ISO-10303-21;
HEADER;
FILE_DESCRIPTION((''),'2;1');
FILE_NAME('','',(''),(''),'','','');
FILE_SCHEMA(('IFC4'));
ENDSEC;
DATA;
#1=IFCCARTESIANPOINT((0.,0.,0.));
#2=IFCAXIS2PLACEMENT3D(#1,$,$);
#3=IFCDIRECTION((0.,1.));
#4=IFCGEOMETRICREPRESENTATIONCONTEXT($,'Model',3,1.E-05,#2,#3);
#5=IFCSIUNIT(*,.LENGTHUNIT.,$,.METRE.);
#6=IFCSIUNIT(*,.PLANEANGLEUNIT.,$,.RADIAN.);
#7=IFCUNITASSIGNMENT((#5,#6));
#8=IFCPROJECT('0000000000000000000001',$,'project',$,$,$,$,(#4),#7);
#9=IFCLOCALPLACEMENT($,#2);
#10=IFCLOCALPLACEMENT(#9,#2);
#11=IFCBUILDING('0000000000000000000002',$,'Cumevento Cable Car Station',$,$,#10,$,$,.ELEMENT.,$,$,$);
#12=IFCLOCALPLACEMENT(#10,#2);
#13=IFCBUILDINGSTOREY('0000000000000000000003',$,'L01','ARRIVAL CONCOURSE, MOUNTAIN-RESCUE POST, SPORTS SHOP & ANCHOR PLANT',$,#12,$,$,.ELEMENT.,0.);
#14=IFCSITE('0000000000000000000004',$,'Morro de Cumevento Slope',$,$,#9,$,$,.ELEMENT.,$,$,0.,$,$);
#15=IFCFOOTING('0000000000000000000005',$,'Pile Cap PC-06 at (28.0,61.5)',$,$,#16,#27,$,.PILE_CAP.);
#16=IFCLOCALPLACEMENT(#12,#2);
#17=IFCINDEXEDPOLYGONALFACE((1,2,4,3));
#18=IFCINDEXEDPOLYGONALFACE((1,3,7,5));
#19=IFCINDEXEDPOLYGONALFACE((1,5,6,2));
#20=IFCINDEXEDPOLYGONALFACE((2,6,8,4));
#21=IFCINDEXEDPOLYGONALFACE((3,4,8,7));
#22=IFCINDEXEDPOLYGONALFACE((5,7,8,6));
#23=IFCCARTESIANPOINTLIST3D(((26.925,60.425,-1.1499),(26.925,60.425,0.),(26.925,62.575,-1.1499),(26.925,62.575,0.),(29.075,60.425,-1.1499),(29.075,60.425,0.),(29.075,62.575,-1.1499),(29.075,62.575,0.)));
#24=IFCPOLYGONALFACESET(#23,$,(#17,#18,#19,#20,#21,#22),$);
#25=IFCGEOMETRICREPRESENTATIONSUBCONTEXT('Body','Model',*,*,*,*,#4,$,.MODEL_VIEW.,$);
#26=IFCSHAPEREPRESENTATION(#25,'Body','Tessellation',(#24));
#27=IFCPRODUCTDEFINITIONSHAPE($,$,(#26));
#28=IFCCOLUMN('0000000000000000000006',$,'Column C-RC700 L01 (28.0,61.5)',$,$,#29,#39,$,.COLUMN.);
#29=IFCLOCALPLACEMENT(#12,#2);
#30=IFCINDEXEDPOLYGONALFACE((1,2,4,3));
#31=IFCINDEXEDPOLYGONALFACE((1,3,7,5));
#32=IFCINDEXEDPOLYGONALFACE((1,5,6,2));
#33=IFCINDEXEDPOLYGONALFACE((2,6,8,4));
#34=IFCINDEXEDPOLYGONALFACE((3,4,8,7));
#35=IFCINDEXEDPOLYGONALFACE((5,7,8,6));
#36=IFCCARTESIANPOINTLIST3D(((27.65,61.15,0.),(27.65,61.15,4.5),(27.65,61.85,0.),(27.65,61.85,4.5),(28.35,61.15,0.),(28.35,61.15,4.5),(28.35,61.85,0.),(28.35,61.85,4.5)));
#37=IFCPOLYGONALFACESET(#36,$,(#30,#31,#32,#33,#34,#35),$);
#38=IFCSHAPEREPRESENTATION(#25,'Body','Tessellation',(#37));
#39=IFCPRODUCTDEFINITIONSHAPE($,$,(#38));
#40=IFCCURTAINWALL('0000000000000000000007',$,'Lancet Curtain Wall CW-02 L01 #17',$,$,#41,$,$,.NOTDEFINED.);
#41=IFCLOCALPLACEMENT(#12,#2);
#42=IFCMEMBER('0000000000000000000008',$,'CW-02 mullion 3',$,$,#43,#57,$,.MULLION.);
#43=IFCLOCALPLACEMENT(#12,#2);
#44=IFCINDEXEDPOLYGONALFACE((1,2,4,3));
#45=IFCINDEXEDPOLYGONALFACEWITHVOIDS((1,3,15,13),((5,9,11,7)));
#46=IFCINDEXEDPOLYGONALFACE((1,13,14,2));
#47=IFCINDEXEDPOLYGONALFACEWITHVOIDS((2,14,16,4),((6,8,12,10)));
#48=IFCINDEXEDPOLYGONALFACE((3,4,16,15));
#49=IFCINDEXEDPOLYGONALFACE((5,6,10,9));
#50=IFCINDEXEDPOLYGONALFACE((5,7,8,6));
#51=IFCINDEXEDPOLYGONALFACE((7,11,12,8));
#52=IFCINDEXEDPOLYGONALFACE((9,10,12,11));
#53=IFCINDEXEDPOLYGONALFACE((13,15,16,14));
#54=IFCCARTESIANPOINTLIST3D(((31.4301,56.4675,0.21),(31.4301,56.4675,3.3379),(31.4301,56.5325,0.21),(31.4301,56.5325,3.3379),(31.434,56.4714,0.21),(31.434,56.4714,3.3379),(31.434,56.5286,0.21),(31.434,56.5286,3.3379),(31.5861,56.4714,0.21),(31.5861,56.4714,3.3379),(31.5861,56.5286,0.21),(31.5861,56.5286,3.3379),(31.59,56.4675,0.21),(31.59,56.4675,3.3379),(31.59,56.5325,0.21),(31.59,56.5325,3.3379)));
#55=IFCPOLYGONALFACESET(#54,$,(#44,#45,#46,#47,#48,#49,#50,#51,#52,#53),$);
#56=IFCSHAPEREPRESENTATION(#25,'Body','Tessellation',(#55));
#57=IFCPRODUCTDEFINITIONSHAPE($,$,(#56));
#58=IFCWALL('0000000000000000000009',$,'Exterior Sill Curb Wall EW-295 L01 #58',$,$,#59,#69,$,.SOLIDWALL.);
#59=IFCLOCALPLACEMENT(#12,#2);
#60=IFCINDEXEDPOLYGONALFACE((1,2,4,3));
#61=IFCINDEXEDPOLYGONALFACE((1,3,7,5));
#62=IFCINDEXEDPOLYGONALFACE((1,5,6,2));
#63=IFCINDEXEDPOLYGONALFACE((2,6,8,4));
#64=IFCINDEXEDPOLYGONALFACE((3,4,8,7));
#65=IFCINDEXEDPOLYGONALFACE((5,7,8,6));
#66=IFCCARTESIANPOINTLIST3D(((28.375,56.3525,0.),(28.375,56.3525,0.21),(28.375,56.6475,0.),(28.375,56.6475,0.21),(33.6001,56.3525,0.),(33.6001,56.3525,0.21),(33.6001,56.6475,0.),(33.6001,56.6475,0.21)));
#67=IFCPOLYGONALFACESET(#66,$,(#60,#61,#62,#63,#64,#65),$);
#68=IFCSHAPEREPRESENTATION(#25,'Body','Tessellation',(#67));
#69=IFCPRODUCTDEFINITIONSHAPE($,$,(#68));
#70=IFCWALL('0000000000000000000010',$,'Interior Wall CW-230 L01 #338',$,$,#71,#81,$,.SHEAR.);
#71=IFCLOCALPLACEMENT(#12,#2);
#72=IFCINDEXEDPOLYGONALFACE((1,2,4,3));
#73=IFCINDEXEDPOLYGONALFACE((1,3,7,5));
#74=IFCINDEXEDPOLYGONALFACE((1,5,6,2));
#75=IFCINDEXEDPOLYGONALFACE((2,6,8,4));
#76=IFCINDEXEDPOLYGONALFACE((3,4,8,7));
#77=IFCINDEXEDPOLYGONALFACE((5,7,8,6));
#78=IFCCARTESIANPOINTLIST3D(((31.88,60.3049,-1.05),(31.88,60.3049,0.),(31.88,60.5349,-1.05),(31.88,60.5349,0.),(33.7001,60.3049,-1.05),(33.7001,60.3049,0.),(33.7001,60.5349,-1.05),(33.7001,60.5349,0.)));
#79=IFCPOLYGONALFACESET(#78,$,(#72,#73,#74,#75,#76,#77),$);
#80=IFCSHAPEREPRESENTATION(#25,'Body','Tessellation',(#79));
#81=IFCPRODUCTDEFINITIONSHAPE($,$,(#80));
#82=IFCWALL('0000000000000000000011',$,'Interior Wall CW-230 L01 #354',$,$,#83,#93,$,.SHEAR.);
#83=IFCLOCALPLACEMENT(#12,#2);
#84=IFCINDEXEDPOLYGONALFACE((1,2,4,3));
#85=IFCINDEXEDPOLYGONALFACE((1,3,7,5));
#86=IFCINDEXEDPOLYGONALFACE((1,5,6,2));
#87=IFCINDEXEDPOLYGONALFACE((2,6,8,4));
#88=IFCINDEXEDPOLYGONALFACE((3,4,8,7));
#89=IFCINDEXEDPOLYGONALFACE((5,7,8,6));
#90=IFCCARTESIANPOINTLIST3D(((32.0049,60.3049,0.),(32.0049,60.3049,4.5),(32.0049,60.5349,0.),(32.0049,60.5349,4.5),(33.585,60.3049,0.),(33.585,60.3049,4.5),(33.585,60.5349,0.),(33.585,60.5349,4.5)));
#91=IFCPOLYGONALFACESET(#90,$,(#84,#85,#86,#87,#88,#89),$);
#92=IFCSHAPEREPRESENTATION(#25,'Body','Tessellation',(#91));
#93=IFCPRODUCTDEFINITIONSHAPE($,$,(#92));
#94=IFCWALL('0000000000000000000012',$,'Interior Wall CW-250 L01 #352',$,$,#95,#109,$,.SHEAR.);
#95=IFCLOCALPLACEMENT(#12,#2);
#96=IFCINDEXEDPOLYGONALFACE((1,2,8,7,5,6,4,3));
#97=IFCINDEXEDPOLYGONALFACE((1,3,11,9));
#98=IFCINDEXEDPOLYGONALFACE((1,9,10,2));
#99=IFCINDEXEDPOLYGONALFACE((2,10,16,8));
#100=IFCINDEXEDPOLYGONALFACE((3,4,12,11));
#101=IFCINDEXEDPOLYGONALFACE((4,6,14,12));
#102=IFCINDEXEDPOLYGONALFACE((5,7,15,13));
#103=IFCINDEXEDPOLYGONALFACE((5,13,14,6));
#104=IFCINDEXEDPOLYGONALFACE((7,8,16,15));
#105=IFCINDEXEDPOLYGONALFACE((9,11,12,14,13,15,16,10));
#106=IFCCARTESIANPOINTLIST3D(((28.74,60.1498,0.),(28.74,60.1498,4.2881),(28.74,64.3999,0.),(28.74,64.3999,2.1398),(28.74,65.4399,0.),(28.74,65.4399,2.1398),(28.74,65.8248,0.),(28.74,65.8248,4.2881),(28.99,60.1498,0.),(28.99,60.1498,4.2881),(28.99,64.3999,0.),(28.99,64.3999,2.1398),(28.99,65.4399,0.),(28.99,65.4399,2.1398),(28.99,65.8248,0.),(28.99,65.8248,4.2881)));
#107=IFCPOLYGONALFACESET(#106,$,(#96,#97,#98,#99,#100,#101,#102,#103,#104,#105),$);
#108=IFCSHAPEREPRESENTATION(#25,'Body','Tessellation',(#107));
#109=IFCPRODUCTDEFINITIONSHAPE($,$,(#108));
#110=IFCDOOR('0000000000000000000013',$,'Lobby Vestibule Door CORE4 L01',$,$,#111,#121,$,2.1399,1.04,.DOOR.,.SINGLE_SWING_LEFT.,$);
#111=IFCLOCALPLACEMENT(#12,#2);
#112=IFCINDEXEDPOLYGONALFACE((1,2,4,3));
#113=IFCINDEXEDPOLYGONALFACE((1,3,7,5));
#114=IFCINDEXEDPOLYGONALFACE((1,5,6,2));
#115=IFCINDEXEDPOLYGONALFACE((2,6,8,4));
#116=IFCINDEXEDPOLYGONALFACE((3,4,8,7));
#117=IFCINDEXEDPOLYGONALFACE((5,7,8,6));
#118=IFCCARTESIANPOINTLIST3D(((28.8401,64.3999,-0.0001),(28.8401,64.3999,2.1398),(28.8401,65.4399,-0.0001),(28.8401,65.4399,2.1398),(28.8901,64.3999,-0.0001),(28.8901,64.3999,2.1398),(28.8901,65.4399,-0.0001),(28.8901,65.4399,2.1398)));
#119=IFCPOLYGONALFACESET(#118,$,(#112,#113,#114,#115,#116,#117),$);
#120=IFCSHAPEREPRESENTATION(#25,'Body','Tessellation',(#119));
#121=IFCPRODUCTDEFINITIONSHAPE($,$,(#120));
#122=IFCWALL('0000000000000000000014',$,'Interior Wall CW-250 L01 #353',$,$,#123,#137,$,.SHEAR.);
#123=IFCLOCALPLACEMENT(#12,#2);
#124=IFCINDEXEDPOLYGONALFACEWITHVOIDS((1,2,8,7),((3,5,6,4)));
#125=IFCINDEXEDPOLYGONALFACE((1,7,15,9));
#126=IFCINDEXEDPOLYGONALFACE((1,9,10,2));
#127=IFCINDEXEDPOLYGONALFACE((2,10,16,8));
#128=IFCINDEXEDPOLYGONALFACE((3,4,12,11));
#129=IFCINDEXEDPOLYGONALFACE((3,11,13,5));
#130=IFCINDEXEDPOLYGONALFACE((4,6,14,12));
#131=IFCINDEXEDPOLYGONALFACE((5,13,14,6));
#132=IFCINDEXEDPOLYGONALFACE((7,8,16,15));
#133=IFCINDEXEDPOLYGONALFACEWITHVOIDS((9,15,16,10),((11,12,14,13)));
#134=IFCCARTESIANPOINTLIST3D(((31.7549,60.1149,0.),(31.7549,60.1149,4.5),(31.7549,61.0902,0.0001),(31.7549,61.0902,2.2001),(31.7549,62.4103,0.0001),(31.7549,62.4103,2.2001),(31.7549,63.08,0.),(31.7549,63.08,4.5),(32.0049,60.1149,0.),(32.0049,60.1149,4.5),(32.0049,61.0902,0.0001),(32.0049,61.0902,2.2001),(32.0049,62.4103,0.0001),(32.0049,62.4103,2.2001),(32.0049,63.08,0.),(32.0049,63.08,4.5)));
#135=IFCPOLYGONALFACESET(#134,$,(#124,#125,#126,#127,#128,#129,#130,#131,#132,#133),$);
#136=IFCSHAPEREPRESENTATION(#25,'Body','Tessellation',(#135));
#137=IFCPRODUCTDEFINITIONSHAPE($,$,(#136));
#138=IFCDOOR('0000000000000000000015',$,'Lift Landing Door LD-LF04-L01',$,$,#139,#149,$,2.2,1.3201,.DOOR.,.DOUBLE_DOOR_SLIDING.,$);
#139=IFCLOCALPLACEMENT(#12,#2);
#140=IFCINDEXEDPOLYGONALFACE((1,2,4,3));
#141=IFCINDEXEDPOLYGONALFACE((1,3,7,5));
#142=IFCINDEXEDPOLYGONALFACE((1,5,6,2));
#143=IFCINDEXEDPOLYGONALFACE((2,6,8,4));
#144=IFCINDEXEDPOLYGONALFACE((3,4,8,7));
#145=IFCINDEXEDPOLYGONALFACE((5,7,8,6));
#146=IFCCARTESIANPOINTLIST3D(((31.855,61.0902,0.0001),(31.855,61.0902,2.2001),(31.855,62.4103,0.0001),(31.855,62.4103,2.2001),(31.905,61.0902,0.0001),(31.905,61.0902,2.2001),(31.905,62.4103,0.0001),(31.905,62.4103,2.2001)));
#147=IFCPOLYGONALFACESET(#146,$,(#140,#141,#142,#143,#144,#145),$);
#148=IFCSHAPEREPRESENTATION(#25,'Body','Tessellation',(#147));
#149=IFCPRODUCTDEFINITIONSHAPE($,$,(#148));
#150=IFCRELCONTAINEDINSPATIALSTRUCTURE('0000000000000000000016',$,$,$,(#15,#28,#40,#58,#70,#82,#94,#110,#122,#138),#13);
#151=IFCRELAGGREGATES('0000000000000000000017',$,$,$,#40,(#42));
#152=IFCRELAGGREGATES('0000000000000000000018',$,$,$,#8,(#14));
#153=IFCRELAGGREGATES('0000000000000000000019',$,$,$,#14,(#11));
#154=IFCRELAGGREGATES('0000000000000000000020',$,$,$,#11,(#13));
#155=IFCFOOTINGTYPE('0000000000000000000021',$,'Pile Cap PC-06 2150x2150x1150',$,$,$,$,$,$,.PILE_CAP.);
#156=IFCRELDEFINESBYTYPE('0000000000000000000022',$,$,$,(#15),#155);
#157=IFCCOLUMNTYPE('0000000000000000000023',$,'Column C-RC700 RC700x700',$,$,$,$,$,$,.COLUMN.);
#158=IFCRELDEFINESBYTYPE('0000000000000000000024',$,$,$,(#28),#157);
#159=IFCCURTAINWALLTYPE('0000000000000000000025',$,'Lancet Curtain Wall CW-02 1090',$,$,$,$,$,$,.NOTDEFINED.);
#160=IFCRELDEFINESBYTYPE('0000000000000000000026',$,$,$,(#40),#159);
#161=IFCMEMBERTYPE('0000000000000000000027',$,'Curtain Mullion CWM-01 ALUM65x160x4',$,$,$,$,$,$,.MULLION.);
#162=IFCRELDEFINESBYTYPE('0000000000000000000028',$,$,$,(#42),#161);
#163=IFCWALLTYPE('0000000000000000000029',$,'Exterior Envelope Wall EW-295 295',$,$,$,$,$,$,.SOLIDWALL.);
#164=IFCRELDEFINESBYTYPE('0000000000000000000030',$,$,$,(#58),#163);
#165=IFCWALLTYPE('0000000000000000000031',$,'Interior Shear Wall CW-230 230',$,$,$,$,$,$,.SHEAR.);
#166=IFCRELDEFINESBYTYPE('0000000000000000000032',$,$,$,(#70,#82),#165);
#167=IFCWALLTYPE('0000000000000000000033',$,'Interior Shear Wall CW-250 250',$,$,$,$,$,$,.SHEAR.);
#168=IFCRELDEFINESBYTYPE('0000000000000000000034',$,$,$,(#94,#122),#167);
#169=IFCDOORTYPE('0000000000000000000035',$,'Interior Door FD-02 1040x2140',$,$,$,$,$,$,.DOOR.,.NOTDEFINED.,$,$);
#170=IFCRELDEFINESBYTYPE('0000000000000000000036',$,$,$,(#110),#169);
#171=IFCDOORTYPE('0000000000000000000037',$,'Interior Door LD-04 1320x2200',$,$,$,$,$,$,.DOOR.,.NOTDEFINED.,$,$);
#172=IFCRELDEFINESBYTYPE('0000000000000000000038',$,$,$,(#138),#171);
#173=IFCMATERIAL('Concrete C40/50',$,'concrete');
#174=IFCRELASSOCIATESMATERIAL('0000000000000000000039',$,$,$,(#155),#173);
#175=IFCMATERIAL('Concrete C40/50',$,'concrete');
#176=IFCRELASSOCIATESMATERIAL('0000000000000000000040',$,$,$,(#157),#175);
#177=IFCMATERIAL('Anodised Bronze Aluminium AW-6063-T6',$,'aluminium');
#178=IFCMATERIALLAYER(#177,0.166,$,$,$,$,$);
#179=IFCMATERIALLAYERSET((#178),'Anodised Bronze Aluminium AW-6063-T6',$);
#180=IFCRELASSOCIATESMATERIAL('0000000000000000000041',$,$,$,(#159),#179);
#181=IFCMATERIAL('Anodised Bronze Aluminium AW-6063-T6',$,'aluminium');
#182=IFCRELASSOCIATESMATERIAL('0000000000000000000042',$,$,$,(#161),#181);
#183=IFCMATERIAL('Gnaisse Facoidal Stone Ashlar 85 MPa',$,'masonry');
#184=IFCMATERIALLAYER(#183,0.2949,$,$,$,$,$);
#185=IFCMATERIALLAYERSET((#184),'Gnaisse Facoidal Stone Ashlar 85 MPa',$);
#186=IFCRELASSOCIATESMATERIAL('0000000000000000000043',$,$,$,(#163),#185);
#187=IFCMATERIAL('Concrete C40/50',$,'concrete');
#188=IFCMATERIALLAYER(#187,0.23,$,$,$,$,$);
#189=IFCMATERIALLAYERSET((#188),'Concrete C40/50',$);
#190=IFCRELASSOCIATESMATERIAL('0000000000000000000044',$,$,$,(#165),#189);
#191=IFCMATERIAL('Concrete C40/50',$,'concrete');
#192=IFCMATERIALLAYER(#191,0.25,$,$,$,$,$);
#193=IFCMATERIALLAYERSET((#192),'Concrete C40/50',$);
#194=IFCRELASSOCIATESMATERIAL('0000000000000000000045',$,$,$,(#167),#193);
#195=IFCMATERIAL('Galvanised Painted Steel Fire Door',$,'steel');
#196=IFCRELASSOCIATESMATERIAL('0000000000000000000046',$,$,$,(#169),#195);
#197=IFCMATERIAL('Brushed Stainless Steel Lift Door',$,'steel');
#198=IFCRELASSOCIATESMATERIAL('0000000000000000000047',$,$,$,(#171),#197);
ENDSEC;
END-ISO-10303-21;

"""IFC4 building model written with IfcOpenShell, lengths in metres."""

from ifc_helpers import new_model, si_unit, direction, frame, frame_2d, origin, origin_2d, place, context, subcontext, project, spatial, rectangle, hollow_rectangle, extrude, material, layer, layer_set, material_profile, profile_set, type_object, element, fill, aggregate, save


model = new_model("IFC4")

# Units and contexts
model_context = context("Model", 3, precision=1e-05, world=origin(), true_north=direction((0.0, 1.0)))
body_context = subcontext(model_context, "Body", "Model", "MODEL_VIEW")
ifc_project = project(units=[si_unit("LENGTHUNIT", "METRE"), si_unit("PLANEANGLEUNIT", "RADIAN")], contexts=[model_context])

# Site, building, storey
site_placement = place(None, origin())
site = spatial("IfcSite", under=ifc_project, at=site_placement, Name="Morro de Cumevento Slope", CompositionType="ELEMENT", RefElevation=0.0)
building_placement = place(site_placement, origin())
building = spatial("IfcBuilding", under=site, at=building_placement, Name="Cumevento Cable Car Station", CompositionType="ELEMENT")
storey_placement = place(building_placement, origin())
storey = spatial("IfcBuildingStorey", under=building, at=storey_placement, Name="L01", Description="ARRIVAL CONCOURSE, MOUNTAIN-RESCUE POST, SPORTS SHOP & ANCHOR PLANT", CompositionType="ELEMENT", Elevation=0.0)

# Footing
ifc_material_1 = material(Name="Concrete C40/50", Category="concrete")
footing_type = type_object("IfcFootingType", Name="Pile Cap PC-06 2150x2150x1150", PredefinedType="PILE_CAP", material=ifc_material_1)
footing_placement = place(storey_placement, frame((28.0, 61.5, -1.1499), z_axis=(0.0, 0.0, 1.0), x_axis=(1.0, 0.0, 0.0)))
element("IfcFooting", 1, at=footing_placement, inside=storey, type_object=footing_type, Name="Pile Cap PC-06 at (28.0,61.5)", PredefinedType="PILE_CAP", context=body_context, shape_type="SweptSolid", body=[
    extrude(rectangle(XDim=2.1499, YDim=2.1499, at=origin_2d()), origin(), (0.0, 0.0, 1.0), 1.1499),
])

# Column
ifc_material_2 = material(Name="Concrete C40/50", Category="concrete")
ifc_material_profile_1 = material_profile(ifc_material_2, rectangle(XDim=0.7, YDim=0.7, at=origin_2d()), Name="RC700x700")
ifc_profile_set_1 = profile_set([ifc_material_profile_1], Name="Concrete C40/50")
column_type = type_object("IfcColumnType", Name="Column C-RC700 RC700x700", PredefinedType="COLUMN", material=ifc_profile_set_1)
column_placement = place(storey_placement, frame((28.0, 61.5, 0.0), z_axis=(0.0, 0.0, 1.0), x_axis=(1.0, 0.0, 0.0)))
element("IfcColumn", 2, at=column_placement, inside=storey, type_object=column_type, Name="Column C-RC700 L01 (28.0,61.5)", PredefinedType="COLUMN", context=body_context, shape_type="SweptSolid", body=[
    extrude(rectangle(XDim=0.7, YDim=0.7, at=origin_2d()), origin(), (0.0, 0.0, 1.0), 4.5),
])

# Curtain wall, member
ifc_material_3 = material(Name="Anodised Bronze Aluminium AW-6063-T6", Category="aluminium")
ifc_layer_1 = layer(ifc_material_3, 0.166)
ifc_layer_set_1 = layer_set([ifc_layer_1], Name="Anodised Bronze Aluminium AW-6063-T6")
curtain_wall_type = type_object("IfcCurtainWallType", Name="Lancet Curtain Wall CW-02 1090", PredefinedType="NOTDEFINED", material=ifc_layer_set_1)
curtain_wall_placement = place(storey_placement, origin())
curtain_wall = element("IfcCurtainWall", 3, at=curtain_wall_placement, inside=storey, type_object=curtain_wall_type, Name="Lancet Curtain Wall CW-02 L01 #17", PredefinedType="NOTDEFINED")
ifc_material_4 = material(Name="Anodised Bronze Aluminium AW-6063-T6", Category="aluminium")
ifc_material_profile_2 = material_profile(ifc_material_4, hollow_rectangle(XDim=0.0649, YDim=0.1599, WallThickness=0.0039, at=origin_2d()), Name="ALUM65x160x4")
ifc_profile_set_2 = profile_set([ifc_material_profile_2], Name="Anodised Bronze Aluminium AW-6063-T6")
member_type = type_object("IfcMemberType", Name="Curtain Mullion CWM-01 ALUM65x160x4", PredefinedType="MULLION", material=ifc_profile_set_2)
member_placement = place(storey_placement, frame((31.51, 56.5, 0.21), z_axis=(0.0, 0.0, 1.0), x_axis=(0.0, -1.0, 0.0)))
member = element("IfcMember", 4, at=member_placement, type_object=member_type, Name="CW-02 mullion 3", PredefinedType="MULLION", context=body_context, shape_type="SweptSolid", body=[
    extrude(hollow_rectangle(XDim=0.0649, YDim=0.1599, WallThickness=0.0039, at=origin_2d()), origin(), (0.0, 0.0, 1.0), 3.1279),
])
aggregate(curtain_wall, [member])

# Walls
ifc_material_5 = material(Name="Gnaisse Facoidal Stone Ashlar 85 MPa", Category="masonry")
ifc_layer_2 = layer(ifc_material_5, 0.2949)
ifc_layer_set_2 = layer_set([ifc_layer_2], Name="Gnaisse Facoidal Stone Ashlar 85 MPa")
wall_type_1 = type_object("IfcWallType", Name="Exterior Envelope Wall EW-295 295", PredefinedType="SOLIDWALL", material=ifc_layer_set_2)
wall_1_placement = place(storey_placement, frame((33.6001, 56.5, 0.0), z_axis=(0.0, 0.0, 1.0), x_axis=(-1.0, 0.0, 0.0)))
element("IfcWall", 5, at=wall_1_placement, inside=storey, type_object=wall_type_1, Name="Exterior Sill Curb Wall EW-295 L01 #58", PredefinedType="SOLIDWALL", context=body_context, shape_type="SweptSolid", body=[
    extrude(rectangle(XDim=5.2251, YDim=0.2949, at=frame_2d((2.6125, 0.0))), origin(), (0.0, 0.0, 1.0), 0.21),
])
ifc_material_6 = material(Name="Concrete C40/50", Category="concrete")
ifc_layer_3 = layer(ifc_material_6, 0.23)
ifc_layer_set_3 = layer_set([ifc_layer_3], Name="Concrete C40/50")
wall_type_2 = type_object("IfcWallType", Name="Interior Shear Wall CW-230 230", PredefinedType="SHEAR", material=ifc_layer_set_3)
wall_2_placement = place(storey_placement, frame((31.8799, 60.4199, -1.05), z_axis=(0.0, 0.0, 1.0), x_axis=(1.0, 0.0, 0.0)))
element("IfcWall", 6, at=wall_2_placement, inside=storey, type_object=wall_type_2, Name="Interior Wall CW-230 L01 #338", PredefinedType="SHEAR", context=body_context, shape_type="SweptSolid", body=[
    extrude(rectangle(XDim=1.8201, YDim=0.23, at=frame_2d((0.9102, 0.0))), origin(), (0.0, 0.0, 1.0), 1.05),
])
wall_3_placement = place(storey_placement, frame((32.0049, 60.4199, 0.0), z_axis=(0.0, 0.0, 1.0), x_axis=(1.0, 0.0, 0.0)))
element("IfcWall", 7, at=wall_3_placement, inside=storey, type_object=wall_type_2, Name="Interior Wall CW-230 L01 #354", PredefinedType="SHEAR", context=body_context, shape_type="SweptSolid", body=[
    extrude(rectangle(XDim=1.5801, YDim=0.23, at=frame_2d((0.79, 0.0))), origin(), (0.0, 0.0, 1.0), 4.5),
])

# Walls, openings, doors
ifc_material_7 = material(Name="Concrete C40/50", Category="concrete")
ifc_layer_4 = layer(ifc_material_7, 0.25)
ifc_layer_set_4 = layer_set([ifc_layer_4], Name="Concrete C40/50")
wall_type_3 = type_object("IfcWallType", Name="Interior Shear Wall CW-250 250", PredefinedType="SHEAR", material=ifc_layer_set_4)
wall_4_placement = place(storey_placement, frame((28.865, 60.1499, 0.0), z_axis=(0.0, 0.0, 1.0), x_axis=(0.0, 1.0, 0.0)))
wall_4 = element("IfcWall", 8, at=wall_4_placement, inside=storey, type_object=wall_type_3, Name="Interior Wall CW-250 L01 #352", PredefinedType="SHEAR", context=body_context, shape_type="SweptSolid", body=[
    extrude(rectangle(XDim=5.675, YDim=0.25, at=frame_2d((2.8374, 0.0))), origin(), (0.0, 0.0, 1.0), 4.2881),
])
opening_1_placement = place(wall_4_placement, frame((4.25, 0.0, 0.0)))
opening_1 = element("IfcOpeningElement", 9, at=opening_1_placement, cuts=wall_4, PredefinedType="OPENING", context=body_context, shape_type="SweptSolid", body=[
    extrude(rectangle(XDim=1.04, YDim=2.1399, at=frame_2d((0.52, 1.0698))), frame((0.0, 0.135, 0.0), z_axis=(0.0, -1.0, 0.0), x_axis=(1.0, 0.0, 0.0)), (0.0, 0.0, 1.0), 0.27),
])
ifc_material_8 = material(Name="Galvanised Painted Steel Fire Door", Category="steel")
door_type_1 = type_object("IfcDoorType", Name="Interior Door FD-02 1040x2140", OperationType="NOTDEFINED", PredefinedType="DOOR", material=ifc_material_8)
door_1_placement = place(opening_1_placement, origin())
door_1 = element("IfcDoor", 10, at=door_1_placement, inside=storey, type_object=door_type_1, Name="Lobby Vestibule Door CORE4 L01", OperationType="SINGLE_SWING_LEFT", OverallHeight=2.1399, OverallWidth=1.04, PredefinedType="DOOR", context=body_context, shape_type="SweptSolid", body=[
    extrude(rectangle(XDim=1.04, YDim=2.1399, at=frame_2d((0.52, 1.0698))), frame((0.0, 0.0249, 0.0), z_axis=(0.0, -1.0, 0.0), x_axis=(1.0, 0.0, 0.0)), (0.0, 0.0, 1.0), 0.05),
])
fill(opening_1, door_1)
wall_5_placement = place(storey_placement, frame((31.8799, 60.115, 0.0), z_axis=(0.0, 0.0, 1.0), x_axis=(0.0, 1.0, 0.0)))
wall_5 = element("IfcWall", 11, at=wall_5_placement, inside=storey, type_object=wall_type_3, Name="Interior Wall CW-250 L01 #353", PredefinedType="SHEAR", context=body_context, shape_type="SweptSolid", body=[
    extrude(rectangle(XDim=2.9651, YDim=0.25, at=frame_2d((1.4824, 0.0))), origin(), (0.0, 0.0, 1.0), 4.5),
])
opening_2_placement = place(wall_5_placement, frame((0.9751, 0.0, 0.0)))
opening_2 = element("IfcOpeningElement", 12, at=opening_2_placement, cuts=wall_5, PredefinedType="OPENING", context=body_context, shape_type="SweptSolid", body=[
    extrude(rectangle(XDim=1.3201, YDim=2.2, at=frame_2d((0.6602, 1.1001))), frame((0.0, 0.135, 0.0), z_axis=(0.0, -1.0, 0.0), x_axis=(1.0, 0.0, 0.0)), (0.0, 0.0, 1.0), 0.27),
])
ifc_material_9 = material(Name="Brushed Stainless Steel Lift Door", Category="steel")
door_type_2 = type_object("IfcDoorType", Name="Interior Door LD-04 1320x2200", OperationType="NOTDEFINED", PredefinedType="DOOR", material=ifc_material_9)
door_2_placement = place(opening_2_placement, origin())
door_2 = element("IfcDoor", 13, at=door_2_placement, inside=storey, type_object=door_type_2, Name="Lift Landing Door LD-LF04-L01", OperationType="DOUBLE_DOOR_SLIDING", OverallHeight=2.2, OverallWidth=1.3201, PredefinedType="DOOR", context=body_context, shape_type="SweptSolid", body=[
    extrude(rectangle(XDim=1.3201, YDim=2.2, at=frame_2d((0.6602, 1.1001))), frame((0.0, 0.0249, 0.0), z_axis=(0.0, -1.0, 0.0), x_axis=(1.0, 0.0, 0.0)), (0.0, 0.0, 1.0), 0.05),
])
fill(opening_2, door_2)

save(model, "model.ifc")
